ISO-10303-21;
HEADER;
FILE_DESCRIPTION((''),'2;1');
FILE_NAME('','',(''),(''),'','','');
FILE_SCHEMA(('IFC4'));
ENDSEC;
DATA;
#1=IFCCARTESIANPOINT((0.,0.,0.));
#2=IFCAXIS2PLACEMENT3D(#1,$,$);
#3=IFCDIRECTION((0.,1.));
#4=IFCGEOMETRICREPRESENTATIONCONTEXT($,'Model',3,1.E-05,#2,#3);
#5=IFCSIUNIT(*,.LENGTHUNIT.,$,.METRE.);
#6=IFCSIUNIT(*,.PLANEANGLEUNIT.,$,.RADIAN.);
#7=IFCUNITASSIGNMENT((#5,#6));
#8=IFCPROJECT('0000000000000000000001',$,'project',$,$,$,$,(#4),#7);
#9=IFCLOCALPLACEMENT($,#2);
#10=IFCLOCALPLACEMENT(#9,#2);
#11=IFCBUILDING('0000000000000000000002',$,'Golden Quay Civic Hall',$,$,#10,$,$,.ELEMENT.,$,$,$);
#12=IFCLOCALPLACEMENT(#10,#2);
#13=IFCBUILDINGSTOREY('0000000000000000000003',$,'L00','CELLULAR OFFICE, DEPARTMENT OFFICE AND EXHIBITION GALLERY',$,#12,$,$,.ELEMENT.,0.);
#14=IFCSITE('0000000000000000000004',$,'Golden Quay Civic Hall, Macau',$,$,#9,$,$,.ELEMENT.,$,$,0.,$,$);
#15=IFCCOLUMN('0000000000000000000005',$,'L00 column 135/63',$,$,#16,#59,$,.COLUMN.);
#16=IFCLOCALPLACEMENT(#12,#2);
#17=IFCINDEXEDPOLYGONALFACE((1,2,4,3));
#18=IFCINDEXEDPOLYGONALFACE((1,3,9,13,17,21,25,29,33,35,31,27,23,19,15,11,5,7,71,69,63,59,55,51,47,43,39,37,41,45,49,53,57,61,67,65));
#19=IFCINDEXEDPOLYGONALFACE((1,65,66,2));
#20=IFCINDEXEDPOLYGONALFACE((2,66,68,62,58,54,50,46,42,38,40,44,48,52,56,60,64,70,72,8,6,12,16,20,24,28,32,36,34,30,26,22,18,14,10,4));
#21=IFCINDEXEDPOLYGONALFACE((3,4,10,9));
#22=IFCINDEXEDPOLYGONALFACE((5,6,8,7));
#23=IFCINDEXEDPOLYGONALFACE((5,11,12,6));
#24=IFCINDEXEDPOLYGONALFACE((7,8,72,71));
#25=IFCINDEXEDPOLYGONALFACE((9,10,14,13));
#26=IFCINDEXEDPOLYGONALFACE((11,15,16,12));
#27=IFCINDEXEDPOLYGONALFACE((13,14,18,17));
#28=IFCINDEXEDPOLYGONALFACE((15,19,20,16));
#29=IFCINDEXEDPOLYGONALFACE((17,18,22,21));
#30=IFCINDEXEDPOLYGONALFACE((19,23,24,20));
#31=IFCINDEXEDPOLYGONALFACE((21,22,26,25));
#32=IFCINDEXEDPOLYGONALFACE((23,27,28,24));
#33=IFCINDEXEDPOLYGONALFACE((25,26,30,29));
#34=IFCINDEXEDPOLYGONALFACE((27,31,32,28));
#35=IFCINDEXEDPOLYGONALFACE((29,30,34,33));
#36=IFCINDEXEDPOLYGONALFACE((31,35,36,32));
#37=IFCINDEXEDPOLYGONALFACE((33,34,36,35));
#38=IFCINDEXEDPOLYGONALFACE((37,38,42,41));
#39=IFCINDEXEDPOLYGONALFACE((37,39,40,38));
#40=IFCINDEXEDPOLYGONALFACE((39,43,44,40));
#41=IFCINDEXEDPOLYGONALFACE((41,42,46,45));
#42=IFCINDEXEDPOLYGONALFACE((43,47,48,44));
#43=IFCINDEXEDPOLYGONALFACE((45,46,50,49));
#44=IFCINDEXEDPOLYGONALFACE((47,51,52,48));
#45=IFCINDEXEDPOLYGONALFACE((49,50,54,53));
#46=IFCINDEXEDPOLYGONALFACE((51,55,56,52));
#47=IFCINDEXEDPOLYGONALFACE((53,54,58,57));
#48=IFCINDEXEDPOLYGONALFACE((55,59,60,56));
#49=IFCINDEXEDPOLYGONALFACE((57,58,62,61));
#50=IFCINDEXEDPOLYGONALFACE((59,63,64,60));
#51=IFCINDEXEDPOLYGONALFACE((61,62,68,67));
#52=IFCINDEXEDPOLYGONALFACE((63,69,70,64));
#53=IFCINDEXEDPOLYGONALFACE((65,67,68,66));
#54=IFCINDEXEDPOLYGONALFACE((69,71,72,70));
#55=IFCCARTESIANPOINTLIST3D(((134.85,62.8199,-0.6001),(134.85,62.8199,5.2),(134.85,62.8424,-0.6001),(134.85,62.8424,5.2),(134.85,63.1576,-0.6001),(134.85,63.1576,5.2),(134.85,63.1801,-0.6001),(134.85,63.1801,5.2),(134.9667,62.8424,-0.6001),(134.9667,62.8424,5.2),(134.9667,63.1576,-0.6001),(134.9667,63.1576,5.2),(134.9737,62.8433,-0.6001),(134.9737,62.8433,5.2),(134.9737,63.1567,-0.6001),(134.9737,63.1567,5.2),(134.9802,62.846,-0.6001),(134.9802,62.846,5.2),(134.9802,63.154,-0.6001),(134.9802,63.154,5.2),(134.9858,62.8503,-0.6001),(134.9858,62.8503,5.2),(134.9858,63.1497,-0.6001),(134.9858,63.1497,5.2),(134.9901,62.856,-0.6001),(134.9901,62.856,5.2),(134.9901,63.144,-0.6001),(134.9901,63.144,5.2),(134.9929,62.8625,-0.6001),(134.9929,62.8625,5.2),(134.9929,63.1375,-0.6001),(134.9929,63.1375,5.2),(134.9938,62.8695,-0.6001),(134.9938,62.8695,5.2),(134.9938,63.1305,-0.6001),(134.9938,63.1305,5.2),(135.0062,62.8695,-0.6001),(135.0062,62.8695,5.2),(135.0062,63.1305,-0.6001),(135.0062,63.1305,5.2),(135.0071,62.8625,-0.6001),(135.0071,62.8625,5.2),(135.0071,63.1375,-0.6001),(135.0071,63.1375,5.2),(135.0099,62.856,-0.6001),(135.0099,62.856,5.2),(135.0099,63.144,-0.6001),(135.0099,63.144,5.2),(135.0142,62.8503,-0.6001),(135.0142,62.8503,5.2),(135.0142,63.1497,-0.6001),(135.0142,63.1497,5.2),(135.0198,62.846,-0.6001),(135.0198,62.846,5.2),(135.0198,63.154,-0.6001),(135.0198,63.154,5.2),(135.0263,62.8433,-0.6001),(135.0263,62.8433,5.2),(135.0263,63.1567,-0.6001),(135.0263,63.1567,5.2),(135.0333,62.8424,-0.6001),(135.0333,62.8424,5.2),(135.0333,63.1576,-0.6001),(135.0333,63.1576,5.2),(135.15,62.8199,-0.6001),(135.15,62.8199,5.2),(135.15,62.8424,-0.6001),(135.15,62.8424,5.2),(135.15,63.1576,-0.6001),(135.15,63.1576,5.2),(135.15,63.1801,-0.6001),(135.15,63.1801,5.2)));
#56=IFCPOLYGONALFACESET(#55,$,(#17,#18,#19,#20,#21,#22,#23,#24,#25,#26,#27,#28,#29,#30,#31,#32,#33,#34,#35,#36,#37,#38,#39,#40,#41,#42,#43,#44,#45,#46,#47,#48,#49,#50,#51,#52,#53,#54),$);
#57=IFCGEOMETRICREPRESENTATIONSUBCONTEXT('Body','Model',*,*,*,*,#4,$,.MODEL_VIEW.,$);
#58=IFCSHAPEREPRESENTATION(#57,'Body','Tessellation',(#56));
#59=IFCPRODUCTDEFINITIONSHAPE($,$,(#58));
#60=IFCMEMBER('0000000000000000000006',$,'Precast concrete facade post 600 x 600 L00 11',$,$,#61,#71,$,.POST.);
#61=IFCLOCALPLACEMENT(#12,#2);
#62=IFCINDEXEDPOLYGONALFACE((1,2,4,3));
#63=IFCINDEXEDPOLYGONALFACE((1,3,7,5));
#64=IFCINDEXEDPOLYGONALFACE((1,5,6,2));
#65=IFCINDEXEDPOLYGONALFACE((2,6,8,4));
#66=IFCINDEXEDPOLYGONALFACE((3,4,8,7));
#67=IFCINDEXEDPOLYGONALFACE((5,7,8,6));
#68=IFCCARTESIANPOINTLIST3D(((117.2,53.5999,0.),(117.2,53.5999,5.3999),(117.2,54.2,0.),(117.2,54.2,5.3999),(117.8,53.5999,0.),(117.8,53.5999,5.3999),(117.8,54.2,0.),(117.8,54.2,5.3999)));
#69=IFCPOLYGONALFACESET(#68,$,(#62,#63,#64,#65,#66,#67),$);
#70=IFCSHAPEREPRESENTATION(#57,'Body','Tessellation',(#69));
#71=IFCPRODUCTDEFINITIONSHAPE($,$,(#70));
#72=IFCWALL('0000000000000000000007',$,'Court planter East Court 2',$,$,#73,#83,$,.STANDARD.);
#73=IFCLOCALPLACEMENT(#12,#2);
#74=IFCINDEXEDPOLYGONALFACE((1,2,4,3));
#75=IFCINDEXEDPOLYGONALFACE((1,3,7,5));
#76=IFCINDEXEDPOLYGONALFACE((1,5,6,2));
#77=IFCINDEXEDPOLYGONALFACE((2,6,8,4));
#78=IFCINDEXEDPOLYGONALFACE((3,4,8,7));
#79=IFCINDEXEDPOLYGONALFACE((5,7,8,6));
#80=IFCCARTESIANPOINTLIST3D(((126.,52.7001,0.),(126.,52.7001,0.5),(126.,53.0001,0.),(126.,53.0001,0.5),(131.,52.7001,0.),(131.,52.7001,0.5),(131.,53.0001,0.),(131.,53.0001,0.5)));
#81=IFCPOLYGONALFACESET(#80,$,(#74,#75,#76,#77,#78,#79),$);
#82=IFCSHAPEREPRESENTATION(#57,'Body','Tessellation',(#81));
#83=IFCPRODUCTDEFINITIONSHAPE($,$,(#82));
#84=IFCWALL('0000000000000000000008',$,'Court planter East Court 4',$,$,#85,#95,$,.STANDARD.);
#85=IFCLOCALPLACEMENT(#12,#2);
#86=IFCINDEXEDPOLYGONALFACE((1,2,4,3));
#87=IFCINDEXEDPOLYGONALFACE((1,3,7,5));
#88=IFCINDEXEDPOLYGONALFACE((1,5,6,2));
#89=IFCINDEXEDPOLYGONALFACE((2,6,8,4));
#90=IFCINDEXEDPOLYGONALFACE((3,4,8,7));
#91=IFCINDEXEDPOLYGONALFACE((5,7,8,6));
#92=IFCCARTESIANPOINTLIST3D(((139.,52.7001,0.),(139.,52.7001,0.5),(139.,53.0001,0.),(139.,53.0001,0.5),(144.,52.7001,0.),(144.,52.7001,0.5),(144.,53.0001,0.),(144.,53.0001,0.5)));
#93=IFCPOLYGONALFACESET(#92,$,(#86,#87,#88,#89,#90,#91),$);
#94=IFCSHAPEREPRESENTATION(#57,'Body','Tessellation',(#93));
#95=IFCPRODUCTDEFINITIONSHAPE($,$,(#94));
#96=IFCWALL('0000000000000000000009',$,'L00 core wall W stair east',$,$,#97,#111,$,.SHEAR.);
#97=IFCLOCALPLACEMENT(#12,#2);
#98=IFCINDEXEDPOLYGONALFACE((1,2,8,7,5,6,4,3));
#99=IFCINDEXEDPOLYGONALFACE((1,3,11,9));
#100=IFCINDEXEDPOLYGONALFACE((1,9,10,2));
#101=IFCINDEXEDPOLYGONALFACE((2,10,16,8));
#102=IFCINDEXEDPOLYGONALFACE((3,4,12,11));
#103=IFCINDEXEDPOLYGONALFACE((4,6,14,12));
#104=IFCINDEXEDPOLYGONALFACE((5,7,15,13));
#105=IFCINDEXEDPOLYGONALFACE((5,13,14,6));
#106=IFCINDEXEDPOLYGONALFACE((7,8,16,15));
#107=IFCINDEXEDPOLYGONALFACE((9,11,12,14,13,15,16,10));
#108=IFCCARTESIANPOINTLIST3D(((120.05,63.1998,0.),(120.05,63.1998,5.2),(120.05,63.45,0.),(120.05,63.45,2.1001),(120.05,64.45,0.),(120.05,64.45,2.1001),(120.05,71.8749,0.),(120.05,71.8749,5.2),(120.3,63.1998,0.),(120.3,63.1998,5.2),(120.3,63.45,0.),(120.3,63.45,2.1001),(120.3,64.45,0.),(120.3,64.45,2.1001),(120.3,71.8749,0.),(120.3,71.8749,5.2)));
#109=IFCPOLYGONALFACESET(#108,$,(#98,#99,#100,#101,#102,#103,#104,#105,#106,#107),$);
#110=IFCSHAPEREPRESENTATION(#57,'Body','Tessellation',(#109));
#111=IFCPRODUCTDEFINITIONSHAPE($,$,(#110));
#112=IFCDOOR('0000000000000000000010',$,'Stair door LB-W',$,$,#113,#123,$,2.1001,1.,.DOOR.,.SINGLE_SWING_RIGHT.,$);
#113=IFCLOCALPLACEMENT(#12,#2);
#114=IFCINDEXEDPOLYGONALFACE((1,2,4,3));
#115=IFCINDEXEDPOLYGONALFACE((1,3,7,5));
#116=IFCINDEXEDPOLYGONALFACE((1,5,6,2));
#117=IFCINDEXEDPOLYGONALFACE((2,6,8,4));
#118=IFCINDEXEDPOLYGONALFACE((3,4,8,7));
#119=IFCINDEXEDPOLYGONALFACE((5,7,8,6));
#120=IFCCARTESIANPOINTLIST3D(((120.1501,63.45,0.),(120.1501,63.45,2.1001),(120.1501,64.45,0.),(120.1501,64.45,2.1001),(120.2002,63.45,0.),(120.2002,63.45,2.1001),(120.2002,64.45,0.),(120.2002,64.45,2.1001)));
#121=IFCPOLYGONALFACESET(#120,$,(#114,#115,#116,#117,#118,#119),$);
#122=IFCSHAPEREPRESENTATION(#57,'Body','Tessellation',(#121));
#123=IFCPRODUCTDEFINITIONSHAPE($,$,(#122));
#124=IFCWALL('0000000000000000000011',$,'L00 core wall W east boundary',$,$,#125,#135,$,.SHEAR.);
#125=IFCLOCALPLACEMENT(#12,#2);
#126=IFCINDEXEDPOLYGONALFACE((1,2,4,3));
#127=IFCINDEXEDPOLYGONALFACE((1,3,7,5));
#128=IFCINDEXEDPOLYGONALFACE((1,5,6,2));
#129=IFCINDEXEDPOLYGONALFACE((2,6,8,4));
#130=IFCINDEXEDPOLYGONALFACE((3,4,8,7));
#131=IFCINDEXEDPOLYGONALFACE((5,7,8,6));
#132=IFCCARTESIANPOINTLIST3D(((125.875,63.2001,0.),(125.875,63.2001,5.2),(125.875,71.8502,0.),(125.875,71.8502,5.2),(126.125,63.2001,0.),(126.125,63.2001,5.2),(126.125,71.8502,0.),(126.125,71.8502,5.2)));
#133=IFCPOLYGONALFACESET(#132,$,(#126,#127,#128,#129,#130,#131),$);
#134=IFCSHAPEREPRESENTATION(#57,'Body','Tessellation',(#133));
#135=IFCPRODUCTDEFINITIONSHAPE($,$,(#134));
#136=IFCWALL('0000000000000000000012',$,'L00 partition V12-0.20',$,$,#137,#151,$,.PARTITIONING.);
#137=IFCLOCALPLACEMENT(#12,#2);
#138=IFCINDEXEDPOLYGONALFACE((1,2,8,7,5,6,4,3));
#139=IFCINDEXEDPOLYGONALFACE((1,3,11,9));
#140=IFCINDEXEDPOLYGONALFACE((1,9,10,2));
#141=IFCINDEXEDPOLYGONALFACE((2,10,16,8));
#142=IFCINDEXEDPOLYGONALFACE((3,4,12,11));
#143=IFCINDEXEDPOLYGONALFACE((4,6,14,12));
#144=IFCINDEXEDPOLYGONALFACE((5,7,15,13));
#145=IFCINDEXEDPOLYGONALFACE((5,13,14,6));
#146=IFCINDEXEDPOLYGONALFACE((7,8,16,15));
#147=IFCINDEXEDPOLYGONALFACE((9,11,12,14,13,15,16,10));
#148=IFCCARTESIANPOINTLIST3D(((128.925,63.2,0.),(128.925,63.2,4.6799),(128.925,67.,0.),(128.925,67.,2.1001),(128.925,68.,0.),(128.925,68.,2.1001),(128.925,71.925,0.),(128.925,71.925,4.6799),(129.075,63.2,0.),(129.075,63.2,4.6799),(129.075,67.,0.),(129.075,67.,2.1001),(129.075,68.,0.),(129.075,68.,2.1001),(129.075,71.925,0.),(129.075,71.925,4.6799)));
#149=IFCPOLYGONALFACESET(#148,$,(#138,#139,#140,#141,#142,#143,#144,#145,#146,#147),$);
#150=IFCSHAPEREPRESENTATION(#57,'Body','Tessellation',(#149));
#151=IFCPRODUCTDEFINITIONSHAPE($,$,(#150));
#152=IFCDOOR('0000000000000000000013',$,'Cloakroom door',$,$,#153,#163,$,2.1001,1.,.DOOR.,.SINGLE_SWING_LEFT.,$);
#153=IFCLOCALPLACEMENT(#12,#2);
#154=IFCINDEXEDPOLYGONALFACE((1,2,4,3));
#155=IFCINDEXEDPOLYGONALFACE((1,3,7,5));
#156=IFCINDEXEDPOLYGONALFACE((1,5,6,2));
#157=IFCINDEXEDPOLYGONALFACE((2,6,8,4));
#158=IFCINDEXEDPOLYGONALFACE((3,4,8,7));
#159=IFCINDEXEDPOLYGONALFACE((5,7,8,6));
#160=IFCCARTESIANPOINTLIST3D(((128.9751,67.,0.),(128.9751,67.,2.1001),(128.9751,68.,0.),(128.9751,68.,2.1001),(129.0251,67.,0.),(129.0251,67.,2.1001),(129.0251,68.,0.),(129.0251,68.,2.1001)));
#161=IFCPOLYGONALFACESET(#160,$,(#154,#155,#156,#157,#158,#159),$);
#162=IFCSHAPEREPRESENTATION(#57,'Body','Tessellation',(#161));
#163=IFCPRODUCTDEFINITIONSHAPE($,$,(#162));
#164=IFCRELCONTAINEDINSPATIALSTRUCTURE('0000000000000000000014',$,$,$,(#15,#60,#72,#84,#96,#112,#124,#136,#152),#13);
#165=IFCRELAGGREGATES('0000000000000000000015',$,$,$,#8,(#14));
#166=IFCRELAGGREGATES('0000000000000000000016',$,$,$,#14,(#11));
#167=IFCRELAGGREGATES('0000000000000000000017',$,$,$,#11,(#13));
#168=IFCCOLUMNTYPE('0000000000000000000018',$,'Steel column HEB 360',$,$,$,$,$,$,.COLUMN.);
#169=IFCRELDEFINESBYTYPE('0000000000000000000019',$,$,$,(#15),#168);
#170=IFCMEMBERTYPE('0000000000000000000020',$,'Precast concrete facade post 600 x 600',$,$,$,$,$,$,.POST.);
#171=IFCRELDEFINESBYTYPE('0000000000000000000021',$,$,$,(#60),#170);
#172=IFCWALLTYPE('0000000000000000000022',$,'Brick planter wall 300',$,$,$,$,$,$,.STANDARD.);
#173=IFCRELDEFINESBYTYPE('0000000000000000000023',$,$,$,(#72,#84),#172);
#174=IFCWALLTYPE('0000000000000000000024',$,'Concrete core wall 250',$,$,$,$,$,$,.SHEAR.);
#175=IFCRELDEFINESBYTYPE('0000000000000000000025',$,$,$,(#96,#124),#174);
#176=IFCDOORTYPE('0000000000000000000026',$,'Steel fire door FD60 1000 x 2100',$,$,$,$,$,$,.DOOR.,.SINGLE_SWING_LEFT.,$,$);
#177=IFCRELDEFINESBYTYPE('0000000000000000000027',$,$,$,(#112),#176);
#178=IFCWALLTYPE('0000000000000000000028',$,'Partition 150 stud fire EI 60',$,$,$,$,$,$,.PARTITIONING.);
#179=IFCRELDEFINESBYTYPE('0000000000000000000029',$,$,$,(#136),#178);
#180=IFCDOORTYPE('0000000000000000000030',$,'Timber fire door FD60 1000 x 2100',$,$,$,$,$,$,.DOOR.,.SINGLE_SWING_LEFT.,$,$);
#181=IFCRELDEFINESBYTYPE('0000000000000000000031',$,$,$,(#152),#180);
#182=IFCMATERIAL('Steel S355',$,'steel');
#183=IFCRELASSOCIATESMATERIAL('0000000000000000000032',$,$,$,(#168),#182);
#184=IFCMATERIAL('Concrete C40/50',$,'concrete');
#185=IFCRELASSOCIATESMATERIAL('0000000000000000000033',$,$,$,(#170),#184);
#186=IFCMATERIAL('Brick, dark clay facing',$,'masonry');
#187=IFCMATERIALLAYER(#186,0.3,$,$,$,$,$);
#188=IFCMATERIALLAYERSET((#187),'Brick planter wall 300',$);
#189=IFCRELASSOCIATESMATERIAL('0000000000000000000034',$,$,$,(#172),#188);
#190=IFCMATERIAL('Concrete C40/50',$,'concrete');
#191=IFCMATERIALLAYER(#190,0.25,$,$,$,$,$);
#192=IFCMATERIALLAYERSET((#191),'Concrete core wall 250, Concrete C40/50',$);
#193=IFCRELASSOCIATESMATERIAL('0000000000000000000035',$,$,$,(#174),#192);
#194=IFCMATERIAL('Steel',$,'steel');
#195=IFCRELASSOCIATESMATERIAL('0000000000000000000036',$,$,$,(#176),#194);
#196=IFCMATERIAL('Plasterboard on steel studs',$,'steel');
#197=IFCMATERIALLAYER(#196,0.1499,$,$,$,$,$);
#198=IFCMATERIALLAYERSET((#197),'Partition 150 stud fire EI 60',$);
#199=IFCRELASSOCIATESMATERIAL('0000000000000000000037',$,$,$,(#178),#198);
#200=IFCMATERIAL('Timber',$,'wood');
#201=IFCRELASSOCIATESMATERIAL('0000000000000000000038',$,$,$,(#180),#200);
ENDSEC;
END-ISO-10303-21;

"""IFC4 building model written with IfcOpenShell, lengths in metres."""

from ifc_helpers import new_model, si_unit, direction, frame, frame_2d, origin, origin_2d, place, context, subcontext, project, spatial, rectangle, i_section, extrude, material, layer, layer_set, material_profile, profile_set, type_object, element, fill, save


model = new_model("IFC4")

# Units and contexts
model_context = context("Model", 3, precision=1e-05, world=origin(), true_north=direction((0.0, 1.0)))
body_context = subcontext(model_context, "Body", "Model", "MODEL_VIEW")
ifc_project = project(units=[si_unit("LENGTHUNIT", "METRE"), si_unit("PLANEANGLEUNIT", "RADIAN")], contexts=[model_context])

# Site, building, storey
site_placement = place(None, origin())
site = spatial("IfcSite", under=ifc_project, at=site_placement, Name="Golden Quay Civic Hall, Macau", CompositionType="ELEMENT", RefElevation=0.0)
building_placement = place(site_placement, origin())
building = spatial("IfcBuilding", under=site, at=building_placement, Name="Golden Quay Civic Hall", CompositionType="ELEMENT")
storey_placement = place(building_placement, origin())
storey = spatial("IfcBuildingStorey", under=building, at=storey_placement, Name="L00", Description="CELLULAR OFFICE, DEPARTMENT OFFICE AND EXHIBITION GALLERY", CompositionType="ELEMENT", Elevation=0.0)

# Column
ifc_material_1 = material(Name="Steel S355", Category="steel")
ifc_material_profile_1 = material_profile(ifc_material_1, i_section(OverallWidth=0.3, OverallDepth=0.3601, WebThickness=0.0125, FlangeThickness=0.0225, FilletRadius=0.0271, at=origin_2d()), Name="HEB 360")
ifc_profile_set_1 = profile_set([ifc_material_profile_1], Name="Steel S355")
column_type = type_object("IfcColumnType", Name="Steel column HEB 360", PredefinedType="COLUMN", material=ifc_profile_set_1)
for number, where, z_axis, x_axis, name in (
    (1, (135.0, 63.0, -0.6001), (0.0, 0.0, 1.0), (1.0, 0.0, 0.0), "L00 column 135/63"),
):
    element("IfcColumn", number, at=place(storey_placement, frame(where, z_axis=z_axis, x_axis=x_axis)), inside=storey, type_object=column_type, Name=name, PredefinedType="COLUMN", context=body_context, shape_type="SweptSolid", body=[
        extrude(i_section(OverallWidth=0.3, OverallDepth=0.3601, WebThickness=0.0125, FlangeThickness=0.0225, FilletRadius=0.0271, at=origin_2d()), origin(), (0.0, 0.0, 1.0), 5.8),
    ])

# Member
ifc_material_2 = material(Name="Concrete C40/50", Category="concrete")
ifc_material_profile_2 = material_profile(ifc_material_2, rectangle(XDim=0.6001, YDim=0.6001, at=origin_2d()), Name="RC 600x600")
ifc_profile_set_2 = profile_set([ifc_material_profile_2], Name="Concrete C40/50")
member_type = type_object("IfcMemberType", Name="Precast concrete facade post 600 x 600", PredefinedType="POST", material=ifc_profile_set_2)
member_placement = place(storey_placement, frame((117.5, 53.8999, 0.0), z_axis=(0.0, 0.0, 1.0), x_axis=(1.0, 0.0, 0.0)))
element("IfcMember", 2, at=member_placement, inside=storey, type_object=member_type, Name="Precast concrete facade post 600 x 600 L00 11", PredefinedType="POST", context=body_context, shape_type="SweptSolid", body=[
    extrude(rectangle(XDim=0.6001, YDim=0.6001, at=origin_2d()), origin(), (0.0, 0.0, 1.0), 5.3999),
])

# Walls
ifc_material_3 = material(Name="Brick, dark clay facing", Category="masonry")
ifc_layer_1 = layer(ifc_material_3, 0.3)
ifc_layer_set_1 = layer_set([ifc_layer_1], Name="Brick planter wall 300")
wall_type_1 = type_object("IfcWallType", Name="Brick planter wall 300", PredefinedType="STANDARD", material=ifc_layer_set_1)
for number, where, z_axis, x_axis, name in (
    (3, (126.0, 52.8501, 0.0), (0.0, 0.0, 1.0), (1.0, 0.0, 0.0), "Court planter East Court 2"),
    (4, (139.0, 52.8501, 0.0), (0.0, 0.0, 1.0), (1.0, 0.0, 0.0), "Court planter East Court 4"),
):
    element("IfcWall", number, at=place(storey_placement, frame(where, z_axis=z_axis, x_axis=x_axis)), inside=storey, type_object=wall_type_1, Name=name, PredefinedType="STANDARD", context=body_context, shape_type="SweptSolid", body=[
        extrude(rectangle(XDim=5.0, YDim=0.3, at=frame_2d((2.5, 0.0))), origin(), (0.0, 0.0, 1.0), 0.5),
    ])

# Wall, opening, door
ifc_material_4 = material(Name="Concrete C40/50", Category="concrete")
ifc_layer_2 = layer(ifc_material_4, 0.25)
ifc_layer_set_2 = layer_set([ifc_layer_2], Name="Concrete core wall 250, Concrete C40/50")
wall_type_2 = type_object("IfcWallType", Name="Concrete core wall 250", PredefinedType="SHEAR", material=ifc_layer_set_2)
wall_1_placement = place(storey_placement, frame((120.175, 63.2, 0.0), z_axis=(0.0, 0.0, 1.0), x_axis=(0.0, 1.0, 0.0)))
wall_1 = element("IfcWall", 5, at=wall_1_placement, inside=storey, type_object=wall_type_2, Name="L00 core wall W stair east", PredefinedType="SHEAR", context=body_context, shape_type="SweptSolid", body=[
    extrude(rectangle(XDim=8.675, YDim=0.25, at=frame_2d((4.3374, 0.0))), origin(), (0.0, 0.0, 1.0), 5.2),
])
opening_1_placement = place(wall_1_placement, frame((0.25, 0.0, 0.0)))
opening_1 = element("IfcOpeningElement", 6, at=opening_1_placement, cuts=wall_1, PredefinedType="OPENING", context=body_context, shape_type="SweptSolid", body=[
    extrude(rectangle(XDim=1.0, YDim=2.1001, at=frame_2d((0.5, 1.05))), frame((0.0, 0.135, 0.0), z_axis=(0.0, -1.0, 0.0), x_axis=(1.0, 0.0, 0.0)), (0.0, 0.0, 1.0), 0.27),
])
ifc_material_5 = material(Name="Steel", Category="steel")
door_type_1 = type_object("IfcDoorType", Name="Steel fire door FD60 1000 x 2100", OperationType="SINGLE_SWING_LEFT", PredefinedType="DOOR", material=ifc_material_5)
door_1_placement = place(opening_1_placement, frame((1.0, 0.0, 0.0), z_axis=(0.0, 0.0, 1.0), x_axis=(-1.0, 0.0, 0.0)))
door_1 = element("IfcDoor", 7, at=door_1_placement, inside=storey, type_object=door_type_1, Name="Stair door LB-W", OperationType="SINGLE_SWING_RIGHT", OverallHeight=2.1001, OverallWidth=1.0, PredefinedType="DOOR", context=body_context, shape_type="SweptSolid", body=[
    extrude(rectangle(XDim=1.0, YDim=2.1001, at=frame_2d((0.5, 1.05))), frame((0.0, 0.0251, 0.0), z_axis=(0.0, -1.0, 0.0), x_axis=(1.0, 0.0, 0.0)), (0.0, 0.0, 1.0), 0.05),
])
fill(opening_1, door_1)

# Wall
wall_2_placement = place(storey_placement, frame((126.0, 63.2, 0.0), z_axis=(0.0, 0.0, 1.0), x_axis=(0.0, 1.0, 0.0)))
element("IfcWall", 8, at=wall_2_placement, inside=storey, type_object=wall_type_2, Name="L00 core wall W east boundary", PredefinedType="SHEAR", context=body_context, shape_type="SweptSolid", body=[
    extrude(rectangle(XDim=8.6501, YDim=0.25, at=frame_2d((4.3252, 0.0))), origin(), (0.0, 0.0, 1.0), 5.2),
])

# Wall, opening, door
ifc_material_6 = material(Name="Plasterboard on steel studs", Category="steel")
ifc_layer_3 = layer(ifc_material_6, 0.1499)
ifc_layer_set_3 = layer_set([ifc_layer_3], Name="Partition 150 stud fire EI 60")
wall_type_3 = type_object("IfcWallType", Name="Partition 150 stud fire EI 60", PredefinedType="PARTITIONING", material=ifc_layer_set_3)
wall_3_placement = place(storey_placement, frame((129.0, 63.2, 0.0), z_axis=(0.0, 0.0, 1.0), x_axis=(0.0, 1.0, 0.0)))
wall_3 = element("IfcWall", 9, at=wall_3_placement, inside=storey, type_object=wall_type_3, Name="L00 partition V12-0.20", PredefinedType="PARTITIONING", context=body_context, shape_type="SweptSolid", body=[
    extrude(rectangle(XDim=8.7251, YDim=0.1499, at=frame_2d((4.3625, 0.0))), origin(), (0.0, 0.0, 1.0), 4.6799),
])
opening_2_placement = place(wall_3_placement, frame((3.8, 0.0, 0.0)))
opening_2 = element("IfcOpeningElement", 10, at=opening_2_placement, cuts=wall_3, PredefinedType="OPENING", context=body_context, shape_type="SweptSolid", body=[
    extrude(rectangle(XDim=1.0, YDim=2.1001, at=frame_2d((0.5, 1.05))), frame((0.0, 0.085, 0.0), z_axis=(0.0, -1.0, 0.0), x_axis=(1.0, 0.0, 0.0)), (0.0, 0.0, 1.0), 0.1699),
])
ifc_material_7 = material(Name="Timber", Category="wood")
door_type_2 = type_object("IfcDoorType", Name="Timber fire door FD60 1000 x 2100", OperationType="SINGLE_SWING_LEFT", PredefinedType="DOOR", material=ifc_material_7)
door_2_placement = place(opening_2_placement, origin())
door_2 = element("IfcDoor", 11, at=door_2_placement, inside=storey, type_object=door_type_2, Name="Cloakroom door", OperationType="SINGLE_SWING_LEFT", OverallHeight=2.1001, OverallWidth=1.0, PredefinedType="DOOR", context=body_context, shape_type="SweptSolid", body=[
    extrude(rectangle(XDim=1.0, YDim=2.1001, at=frame_2d((0.5, 1.05))), frame((0.0, 0.0249, 0.0), z_axis=(0.0, -1.0, 0.0), x_axis=(1.0, 0.0, 0.0)), (0.0, 0.0, 1.0), 0.05),
])
fill(opening_2, door_2)

save(model, "model.ifc")
